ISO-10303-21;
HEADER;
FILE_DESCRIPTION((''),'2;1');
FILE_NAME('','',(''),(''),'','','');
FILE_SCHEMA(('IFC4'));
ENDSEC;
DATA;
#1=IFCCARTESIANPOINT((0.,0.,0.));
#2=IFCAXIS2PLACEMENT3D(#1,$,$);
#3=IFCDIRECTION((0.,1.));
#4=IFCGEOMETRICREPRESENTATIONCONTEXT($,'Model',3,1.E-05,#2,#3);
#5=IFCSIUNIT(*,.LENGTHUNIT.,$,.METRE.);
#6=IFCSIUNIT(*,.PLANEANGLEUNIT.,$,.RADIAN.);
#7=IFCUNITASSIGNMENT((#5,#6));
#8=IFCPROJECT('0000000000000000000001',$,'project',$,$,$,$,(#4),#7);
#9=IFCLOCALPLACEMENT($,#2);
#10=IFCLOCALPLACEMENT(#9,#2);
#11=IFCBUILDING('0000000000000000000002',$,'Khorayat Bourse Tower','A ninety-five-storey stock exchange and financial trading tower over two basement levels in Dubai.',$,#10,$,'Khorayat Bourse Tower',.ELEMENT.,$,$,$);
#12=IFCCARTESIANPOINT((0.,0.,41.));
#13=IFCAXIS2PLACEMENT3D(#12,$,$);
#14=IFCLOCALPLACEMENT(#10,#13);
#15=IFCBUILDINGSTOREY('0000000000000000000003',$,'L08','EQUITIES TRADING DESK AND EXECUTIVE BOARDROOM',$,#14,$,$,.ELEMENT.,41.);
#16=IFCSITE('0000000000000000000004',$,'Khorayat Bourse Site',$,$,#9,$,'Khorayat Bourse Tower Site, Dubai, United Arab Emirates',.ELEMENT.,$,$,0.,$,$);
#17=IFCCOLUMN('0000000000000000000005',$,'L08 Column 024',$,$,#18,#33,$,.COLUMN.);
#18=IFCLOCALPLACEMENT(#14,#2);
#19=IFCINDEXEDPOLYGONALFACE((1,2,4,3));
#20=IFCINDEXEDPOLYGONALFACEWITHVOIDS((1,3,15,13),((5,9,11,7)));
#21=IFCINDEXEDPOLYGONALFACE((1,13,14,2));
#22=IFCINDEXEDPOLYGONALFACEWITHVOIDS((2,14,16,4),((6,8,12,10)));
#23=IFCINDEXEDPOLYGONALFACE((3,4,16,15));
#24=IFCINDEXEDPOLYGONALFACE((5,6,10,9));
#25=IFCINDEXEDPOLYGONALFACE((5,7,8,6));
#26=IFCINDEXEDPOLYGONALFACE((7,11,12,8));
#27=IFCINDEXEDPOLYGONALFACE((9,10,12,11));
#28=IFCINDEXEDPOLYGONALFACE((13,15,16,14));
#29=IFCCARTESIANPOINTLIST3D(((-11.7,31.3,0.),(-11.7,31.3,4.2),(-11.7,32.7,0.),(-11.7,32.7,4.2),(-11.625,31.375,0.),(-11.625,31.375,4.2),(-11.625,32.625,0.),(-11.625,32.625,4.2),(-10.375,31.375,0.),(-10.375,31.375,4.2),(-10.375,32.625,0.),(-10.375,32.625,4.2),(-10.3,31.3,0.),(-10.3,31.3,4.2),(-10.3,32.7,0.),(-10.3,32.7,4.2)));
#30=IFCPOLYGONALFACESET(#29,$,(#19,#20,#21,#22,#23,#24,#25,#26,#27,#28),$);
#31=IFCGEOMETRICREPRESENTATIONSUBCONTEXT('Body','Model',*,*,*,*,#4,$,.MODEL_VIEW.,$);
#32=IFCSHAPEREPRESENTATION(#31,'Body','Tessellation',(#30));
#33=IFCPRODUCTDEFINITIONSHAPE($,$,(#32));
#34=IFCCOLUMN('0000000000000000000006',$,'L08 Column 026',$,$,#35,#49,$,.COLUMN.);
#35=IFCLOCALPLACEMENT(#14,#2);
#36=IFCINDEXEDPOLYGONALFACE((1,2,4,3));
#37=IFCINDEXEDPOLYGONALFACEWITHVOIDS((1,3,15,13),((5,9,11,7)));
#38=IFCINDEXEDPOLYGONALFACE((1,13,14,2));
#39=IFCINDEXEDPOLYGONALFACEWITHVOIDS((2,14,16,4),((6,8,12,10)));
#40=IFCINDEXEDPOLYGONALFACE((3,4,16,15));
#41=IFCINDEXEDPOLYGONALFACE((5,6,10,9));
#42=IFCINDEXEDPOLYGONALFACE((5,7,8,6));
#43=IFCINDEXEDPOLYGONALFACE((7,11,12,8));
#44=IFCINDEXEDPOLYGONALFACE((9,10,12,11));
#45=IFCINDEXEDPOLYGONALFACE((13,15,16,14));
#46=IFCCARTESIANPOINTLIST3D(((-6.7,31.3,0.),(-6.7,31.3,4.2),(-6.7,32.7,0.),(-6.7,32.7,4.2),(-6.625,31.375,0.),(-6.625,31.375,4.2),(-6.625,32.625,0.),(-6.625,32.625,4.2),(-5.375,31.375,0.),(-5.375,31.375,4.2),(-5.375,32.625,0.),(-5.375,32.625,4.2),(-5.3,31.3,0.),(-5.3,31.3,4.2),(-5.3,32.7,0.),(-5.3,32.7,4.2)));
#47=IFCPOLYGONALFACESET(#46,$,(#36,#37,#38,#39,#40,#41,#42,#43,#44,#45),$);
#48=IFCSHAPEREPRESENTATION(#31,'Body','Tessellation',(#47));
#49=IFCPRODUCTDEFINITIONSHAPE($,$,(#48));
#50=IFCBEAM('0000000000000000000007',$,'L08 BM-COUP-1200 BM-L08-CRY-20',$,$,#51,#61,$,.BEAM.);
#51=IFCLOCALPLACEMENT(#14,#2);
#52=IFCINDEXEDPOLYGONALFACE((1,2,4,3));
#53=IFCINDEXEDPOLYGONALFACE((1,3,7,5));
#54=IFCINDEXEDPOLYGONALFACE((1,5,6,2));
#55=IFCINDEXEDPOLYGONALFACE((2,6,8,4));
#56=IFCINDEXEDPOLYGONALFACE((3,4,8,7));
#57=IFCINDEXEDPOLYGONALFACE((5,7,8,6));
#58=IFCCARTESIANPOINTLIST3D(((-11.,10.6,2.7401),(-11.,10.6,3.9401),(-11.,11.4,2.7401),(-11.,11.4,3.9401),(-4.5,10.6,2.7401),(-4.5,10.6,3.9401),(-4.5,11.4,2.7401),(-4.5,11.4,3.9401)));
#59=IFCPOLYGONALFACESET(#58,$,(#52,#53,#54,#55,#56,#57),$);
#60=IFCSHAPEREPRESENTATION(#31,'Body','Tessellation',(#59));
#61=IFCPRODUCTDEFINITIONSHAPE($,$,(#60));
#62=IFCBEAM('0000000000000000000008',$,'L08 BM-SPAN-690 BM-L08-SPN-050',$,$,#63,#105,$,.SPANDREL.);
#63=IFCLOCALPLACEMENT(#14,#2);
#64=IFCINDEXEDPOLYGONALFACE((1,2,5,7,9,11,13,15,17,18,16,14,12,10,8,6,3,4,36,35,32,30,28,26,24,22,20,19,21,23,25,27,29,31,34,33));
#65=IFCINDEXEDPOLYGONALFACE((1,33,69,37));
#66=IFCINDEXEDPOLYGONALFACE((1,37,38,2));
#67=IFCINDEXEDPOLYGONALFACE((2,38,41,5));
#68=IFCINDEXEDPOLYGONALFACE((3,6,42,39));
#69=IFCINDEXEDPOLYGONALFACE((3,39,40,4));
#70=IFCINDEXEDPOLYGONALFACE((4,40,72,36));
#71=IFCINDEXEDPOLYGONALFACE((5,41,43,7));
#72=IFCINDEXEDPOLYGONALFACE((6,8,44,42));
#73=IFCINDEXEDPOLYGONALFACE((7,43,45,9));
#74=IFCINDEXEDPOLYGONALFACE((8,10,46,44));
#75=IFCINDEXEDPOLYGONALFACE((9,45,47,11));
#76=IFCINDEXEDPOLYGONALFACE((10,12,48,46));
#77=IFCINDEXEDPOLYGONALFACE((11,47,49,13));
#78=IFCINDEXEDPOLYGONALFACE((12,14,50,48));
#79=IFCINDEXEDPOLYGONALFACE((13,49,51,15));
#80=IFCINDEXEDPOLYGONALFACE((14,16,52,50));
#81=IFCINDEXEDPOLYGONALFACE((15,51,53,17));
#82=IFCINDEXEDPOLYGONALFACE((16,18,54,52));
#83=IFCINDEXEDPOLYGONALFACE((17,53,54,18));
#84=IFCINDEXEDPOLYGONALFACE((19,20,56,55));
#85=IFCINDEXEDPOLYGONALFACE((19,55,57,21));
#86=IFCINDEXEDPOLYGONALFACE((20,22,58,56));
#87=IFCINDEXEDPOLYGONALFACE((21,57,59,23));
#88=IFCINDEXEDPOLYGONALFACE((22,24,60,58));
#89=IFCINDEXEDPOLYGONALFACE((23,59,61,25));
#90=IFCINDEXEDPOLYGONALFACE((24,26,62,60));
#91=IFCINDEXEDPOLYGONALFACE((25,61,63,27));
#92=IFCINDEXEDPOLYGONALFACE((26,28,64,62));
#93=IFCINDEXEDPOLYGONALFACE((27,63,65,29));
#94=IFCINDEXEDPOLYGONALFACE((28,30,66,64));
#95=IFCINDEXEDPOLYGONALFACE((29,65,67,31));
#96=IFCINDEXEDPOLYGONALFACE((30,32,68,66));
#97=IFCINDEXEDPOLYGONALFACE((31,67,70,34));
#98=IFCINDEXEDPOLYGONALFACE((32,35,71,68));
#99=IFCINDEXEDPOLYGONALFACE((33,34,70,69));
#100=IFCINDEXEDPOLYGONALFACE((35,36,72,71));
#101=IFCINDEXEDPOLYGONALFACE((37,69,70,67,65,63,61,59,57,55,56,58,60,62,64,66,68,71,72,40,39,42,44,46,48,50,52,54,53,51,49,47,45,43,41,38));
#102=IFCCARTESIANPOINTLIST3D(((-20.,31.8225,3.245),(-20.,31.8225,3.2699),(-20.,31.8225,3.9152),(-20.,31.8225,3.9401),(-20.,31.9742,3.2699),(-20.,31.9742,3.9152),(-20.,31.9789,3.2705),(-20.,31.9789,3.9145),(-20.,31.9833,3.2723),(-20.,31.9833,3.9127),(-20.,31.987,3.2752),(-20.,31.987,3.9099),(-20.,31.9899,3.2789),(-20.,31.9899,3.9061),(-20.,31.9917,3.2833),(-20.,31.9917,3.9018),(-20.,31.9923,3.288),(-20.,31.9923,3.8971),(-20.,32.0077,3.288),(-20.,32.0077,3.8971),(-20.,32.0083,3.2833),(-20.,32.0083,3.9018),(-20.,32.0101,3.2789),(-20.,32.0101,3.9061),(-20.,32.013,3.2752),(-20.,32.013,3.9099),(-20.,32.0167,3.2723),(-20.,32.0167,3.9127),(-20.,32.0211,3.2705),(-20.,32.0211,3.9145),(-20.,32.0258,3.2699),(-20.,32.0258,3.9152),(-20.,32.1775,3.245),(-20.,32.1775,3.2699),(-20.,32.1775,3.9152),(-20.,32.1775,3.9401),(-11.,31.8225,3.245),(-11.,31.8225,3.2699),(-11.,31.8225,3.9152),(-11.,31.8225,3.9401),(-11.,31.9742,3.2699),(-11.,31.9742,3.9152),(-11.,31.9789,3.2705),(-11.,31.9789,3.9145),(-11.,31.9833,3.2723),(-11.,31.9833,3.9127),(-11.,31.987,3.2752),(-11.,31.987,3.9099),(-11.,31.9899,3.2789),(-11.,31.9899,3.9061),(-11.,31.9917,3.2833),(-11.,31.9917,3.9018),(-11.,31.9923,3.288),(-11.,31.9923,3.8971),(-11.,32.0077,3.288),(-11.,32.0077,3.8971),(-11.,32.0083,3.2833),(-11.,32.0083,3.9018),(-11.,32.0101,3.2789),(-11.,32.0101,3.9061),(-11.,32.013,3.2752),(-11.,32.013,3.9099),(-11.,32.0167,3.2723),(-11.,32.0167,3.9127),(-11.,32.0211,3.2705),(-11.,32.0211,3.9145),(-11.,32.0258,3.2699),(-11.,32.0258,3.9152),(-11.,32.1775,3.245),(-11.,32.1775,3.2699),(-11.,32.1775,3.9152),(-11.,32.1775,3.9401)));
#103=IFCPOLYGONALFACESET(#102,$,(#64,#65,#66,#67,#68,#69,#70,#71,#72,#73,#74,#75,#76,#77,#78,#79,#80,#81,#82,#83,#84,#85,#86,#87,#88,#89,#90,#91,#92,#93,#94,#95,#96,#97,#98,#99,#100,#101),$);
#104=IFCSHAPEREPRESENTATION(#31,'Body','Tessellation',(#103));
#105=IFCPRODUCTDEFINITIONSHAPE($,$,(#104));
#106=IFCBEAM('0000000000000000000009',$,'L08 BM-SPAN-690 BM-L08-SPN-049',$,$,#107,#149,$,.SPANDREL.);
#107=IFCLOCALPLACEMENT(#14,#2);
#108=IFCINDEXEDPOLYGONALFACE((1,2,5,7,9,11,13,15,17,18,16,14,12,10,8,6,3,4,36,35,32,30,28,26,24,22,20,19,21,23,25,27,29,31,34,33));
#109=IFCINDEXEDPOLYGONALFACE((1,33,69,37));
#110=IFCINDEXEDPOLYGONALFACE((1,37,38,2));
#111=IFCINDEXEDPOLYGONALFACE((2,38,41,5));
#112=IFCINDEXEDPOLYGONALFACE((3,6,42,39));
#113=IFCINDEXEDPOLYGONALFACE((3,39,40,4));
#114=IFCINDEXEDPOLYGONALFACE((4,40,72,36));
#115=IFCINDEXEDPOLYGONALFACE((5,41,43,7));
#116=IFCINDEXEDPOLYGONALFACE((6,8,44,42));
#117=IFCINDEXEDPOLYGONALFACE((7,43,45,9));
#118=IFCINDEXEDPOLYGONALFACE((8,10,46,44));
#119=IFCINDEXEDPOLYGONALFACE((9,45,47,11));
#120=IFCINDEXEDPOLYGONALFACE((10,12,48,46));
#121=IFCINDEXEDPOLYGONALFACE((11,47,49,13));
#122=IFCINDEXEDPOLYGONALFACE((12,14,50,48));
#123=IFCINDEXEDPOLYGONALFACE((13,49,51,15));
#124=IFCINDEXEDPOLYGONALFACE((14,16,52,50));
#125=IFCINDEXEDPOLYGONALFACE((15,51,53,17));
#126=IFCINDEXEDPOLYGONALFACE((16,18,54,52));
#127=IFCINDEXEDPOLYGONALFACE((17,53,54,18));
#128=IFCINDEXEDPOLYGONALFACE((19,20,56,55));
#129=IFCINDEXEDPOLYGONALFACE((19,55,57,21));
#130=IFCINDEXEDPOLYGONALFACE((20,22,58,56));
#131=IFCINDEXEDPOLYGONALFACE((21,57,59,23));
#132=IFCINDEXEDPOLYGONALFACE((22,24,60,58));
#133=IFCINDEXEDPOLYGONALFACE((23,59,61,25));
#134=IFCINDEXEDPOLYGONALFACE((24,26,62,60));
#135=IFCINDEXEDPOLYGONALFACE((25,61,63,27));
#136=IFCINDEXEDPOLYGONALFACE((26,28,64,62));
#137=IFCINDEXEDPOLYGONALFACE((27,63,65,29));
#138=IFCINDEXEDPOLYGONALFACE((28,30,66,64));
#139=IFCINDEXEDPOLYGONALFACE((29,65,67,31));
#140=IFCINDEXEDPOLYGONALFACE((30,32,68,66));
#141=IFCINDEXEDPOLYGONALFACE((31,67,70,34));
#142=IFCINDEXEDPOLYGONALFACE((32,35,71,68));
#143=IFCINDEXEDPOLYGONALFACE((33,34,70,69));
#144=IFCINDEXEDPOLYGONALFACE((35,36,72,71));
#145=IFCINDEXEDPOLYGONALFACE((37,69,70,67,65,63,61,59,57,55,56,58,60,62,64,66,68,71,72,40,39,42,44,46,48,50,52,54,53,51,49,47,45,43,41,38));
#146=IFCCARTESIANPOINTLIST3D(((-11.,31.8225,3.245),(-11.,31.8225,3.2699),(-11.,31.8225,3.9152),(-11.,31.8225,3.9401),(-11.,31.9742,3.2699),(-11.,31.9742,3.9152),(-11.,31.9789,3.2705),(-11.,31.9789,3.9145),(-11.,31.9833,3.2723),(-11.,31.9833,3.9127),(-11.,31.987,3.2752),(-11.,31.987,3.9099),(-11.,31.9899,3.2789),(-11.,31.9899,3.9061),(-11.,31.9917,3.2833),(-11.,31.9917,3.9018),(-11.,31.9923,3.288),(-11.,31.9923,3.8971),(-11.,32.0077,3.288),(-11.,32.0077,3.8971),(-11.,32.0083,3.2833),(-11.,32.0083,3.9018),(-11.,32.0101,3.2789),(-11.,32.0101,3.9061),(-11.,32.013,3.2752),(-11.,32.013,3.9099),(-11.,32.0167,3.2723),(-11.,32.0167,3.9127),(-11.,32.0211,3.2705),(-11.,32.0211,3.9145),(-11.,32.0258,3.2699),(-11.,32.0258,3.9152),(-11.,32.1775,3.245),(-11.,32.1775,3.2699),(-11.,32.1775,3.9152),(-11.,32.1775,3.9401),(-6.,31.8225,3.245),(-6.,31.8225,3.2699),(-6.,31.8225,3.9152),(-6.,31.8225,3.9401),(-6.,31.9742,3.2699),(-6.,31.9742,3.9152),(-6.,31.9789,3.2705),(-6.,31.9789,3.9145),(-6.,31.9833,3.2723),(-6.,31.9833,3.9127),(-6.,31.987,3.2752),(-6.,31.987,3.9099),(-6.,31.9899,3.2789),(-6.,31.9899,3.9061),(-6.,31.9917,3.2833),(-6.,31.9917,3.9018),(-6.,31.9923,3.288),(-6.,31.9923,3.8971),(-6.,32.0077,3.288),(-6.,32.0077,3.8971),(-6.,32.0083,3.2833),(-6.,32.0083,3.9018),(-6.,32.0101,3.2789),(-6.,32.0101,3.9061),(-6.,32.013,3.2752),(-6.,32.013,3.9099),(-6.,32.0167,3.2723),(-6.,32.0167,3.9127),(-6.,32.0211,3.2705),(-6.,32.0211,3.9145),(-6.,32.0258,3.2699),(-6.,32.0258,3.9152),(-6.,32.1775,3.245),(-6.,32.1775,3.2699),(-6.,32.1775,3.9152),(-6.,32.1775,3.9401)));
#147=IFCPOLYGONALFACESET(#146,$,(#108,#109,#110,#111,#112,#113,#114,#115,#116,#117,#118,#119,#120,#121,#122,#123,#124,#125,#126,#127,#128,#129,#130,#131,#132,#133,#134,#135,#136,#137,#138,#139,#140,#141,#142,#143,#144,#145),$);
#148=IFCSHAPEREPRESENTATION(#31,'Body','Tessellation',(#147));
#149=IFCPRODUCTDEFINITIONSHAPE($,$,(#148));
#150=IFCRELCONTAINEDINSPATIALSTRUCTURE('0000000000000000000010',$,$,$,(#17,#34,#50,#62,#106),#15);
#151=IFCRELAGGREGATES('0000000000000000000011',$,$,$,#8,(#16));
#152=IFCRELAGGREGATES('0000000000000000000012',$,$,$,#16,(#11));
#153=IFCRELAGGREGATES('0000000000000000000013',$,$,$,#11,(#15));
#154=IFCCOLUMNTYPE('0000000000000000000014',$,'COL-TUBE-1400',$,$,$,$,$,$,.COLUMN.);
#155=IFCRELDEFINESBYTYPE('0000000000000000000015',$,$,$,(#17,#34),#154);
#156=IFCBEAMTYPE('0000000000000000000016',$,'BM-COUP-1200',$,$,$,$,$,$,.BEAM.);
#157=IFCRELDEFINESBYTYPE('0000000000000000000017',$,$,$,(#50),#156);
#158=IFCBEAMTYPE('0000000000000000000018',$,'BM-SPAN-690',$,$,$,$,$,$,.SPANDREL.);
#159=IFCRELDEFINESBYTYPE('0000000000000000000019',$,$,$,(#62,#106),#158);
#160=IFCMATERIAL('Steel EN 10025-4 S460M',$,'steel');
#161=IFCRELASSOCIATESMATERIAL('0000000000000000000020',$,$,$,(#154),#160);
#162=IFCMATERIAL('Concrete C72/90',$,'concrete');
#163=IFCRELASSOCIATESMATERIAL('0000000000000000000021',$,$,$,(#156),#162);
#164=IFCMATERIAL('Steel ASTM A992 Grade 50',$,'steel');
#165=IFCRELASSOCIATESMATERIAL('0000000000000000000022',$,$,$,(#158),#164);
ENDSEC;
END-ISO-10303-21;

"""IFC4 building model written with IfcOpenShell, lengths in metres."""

from ifc_helpers import new_model, si_unit, direction, frame, origin, origin_2d, place, context, subcontext, project, spatial, rectangle, hollow_rectangle, i_section, extrude, source, transform, mapped, material, material_profile, profile_set, type_object, element, save


model = new_model("IFC4")

# Units and contexts
model_context = context("Model", 3, precision=1e-05, world=origin(), true_north=direction((0.0, 1.0)))
body_context = subcontext(model_context, "Body", "Model", "MODEL_VIEW")
ifc_project = project(units=[si_unit("LENGTHUNIT", "METRE"), si_unit("PLANEANGLEUNIT", "RADIAN")], contexts=[model_context])

# Site, building, storey
site_placement = place(None, origin())
site = spatial("IfcSite", under=ifc_project, at=site_placement, Name="Khorayat Bourse Site", LongName="Khorayat Bourse Tower Site, Dubai, United Arab Emirates", CompositionType="ELEMENT", RefElevation=0.0)
building_placement = place(site_placement, origin())
building = spatial("IfcBuilding", under=site, at=building_placement, Name="Khorayat Bourse Tower", Description="A ninety-five-storey stock exchange and financial trading tower over two basement levels in Dubai.", LongName="Khorayat Bourse Tower", CompositionType="ELEMENT")
storey_placement = place(building_placement, frame((0.0, 0.0, 41.0)))
storey = spatial("IfcBuildingStorey", under=building, at=storey_placement, Name="L08", Description="EQUITIES TRADING DESK AND EXECUTIVE BOARDROOM", CompositionType="ELEMENT", Elevation=41.0)

# Columns
ifc_material_1 = material(Name="Steel EN 10025-4 S460M", Category="steel")
ifc_material_profile_1 = material_profile(ifc_material_1, hollow_rectangle(XDim=1.3999, YDim=1.3999, WallThickness=0.075, at=origin_2d()), Name="BOX 1400x1400x75")
ifc_profile_set_1 = profile_set([ifc_material_profile_1], Name="Steel EN 10025-4 S460M")
column_type = type_object("IfcColumnType", Name="COL-TUBE-1400", PredefinedType="COLUMN", material=ifc_profile_set_1)
shared_shape_1 = source(origin(), body_context, "Body", "SweptSolid", [
    extrude(hollow_rectangle(XDim=1.3999, YDim=1.3999, WallThickness=0.075, at=origin_2d()), origin(), (0.0, 0.0, 1.0), 4.2),
])
for number, where, z_axis, x_axis, name in (
    (1, (-11.0, 32.0, 0.0), (0.0, 0.0, 1.0), (1.0, 0.0, 0.0), "L08 Column 024"),
    (2, (-6.0, 32.0, 0.0), (0.0, 0.0, 1.0), (1.0, 0.0, 0.0), "L08 Column 026"),
):
    element("IfcColumn", number, at=place(storey_placement, frame(where, z_axis=z_axis, x_axis=x_axis)), inside=storey, type_object=column_type, Name=name, PredefinedType="COLUMN", context=body_context, shape_type="MappedRepresentation", body=[
        mapped(shared_shape_1, transform((0.0, 0.0, 0.0), scale=1.0)),
    ])

# Beams
ifc_material_2 = material(Name="Concrete C72/90", Category="concrete")
ifc_material_profile_2 = material_profile(ifc_material_2, rectangle(XDim=0.8, YDim=1.2, at=origin_2d()), Name="RC 800x1200")
ifc_profile_set_2 = profile_set([ifc_material_profile_2], Name="Concrete C72/90")
beam_type_1 = type_object("IfcBeamType", Name="BM-COUP-1200", PredefinedType="BEAM", material=ifc_profile_set_2)
shared_shape_2 = source(origin(), body_context, "Body", "SweptSolid", [
    extrude(rectangle(XDim=0.8, YDim=1.2, at=origin_2d()), origin(), (0.0, 0.0, 1.0), 6.5),
])
beam_1_placement = place(storey_placement, frame((-11.0, 11.0, 3.3401), z_axis=(1.0, 0.0, 0.0), x_axis=(0.0, 1.0, 0.0)))
element("IfcBeam", 3, at=beam_1_placement, inside=storey, type_object=beam_type_1, Name="L08 BM-COUP-1200 BM-L08-CRY-20", PredefinedType="BEAM", context=body_context, shape_type="MappedRepresentation", body=[
    mapped(shared_shape_2, transform((0.0, 0.0, 0.0), scale=1.0)),
])
ifc_material_3 = material(Name="Steel ASTM A992 Grade 50", Category="steel")
ifc_material_profile_3 = material_profile(ifc_material_3, i_section(OverallWidth=0.355, OverallDepth=0.6951, WebThickness=0.0154, FlangeThickness=0.0249, FilletRadius=0.0181, at=origin_2d()), Name="W690X217")
ifc_profile_set_3 = profile_set([ifc_material_profile_3], Name="Steel ASTM A992 Grade 50")
beam_type_2 = type_object("IfcBeamType", Name="BM-SPAN-690", PredefinedType="SPANDREL", material=ifc_profile_set_3)
shared_shape_3 = source(origin(), body_context, "Body", "SweptSolid", [
    extrude(i_section(OverallWidth=0.355, OverallDepth=0.6951, WebThickness=0.0154, FlangeThickness=0.0249, FilletRadius=0.0181, at=origin_2d()), origin(), (0.0, 0.0, 1.0), 9.0),
])
beam_2_placement = place(storey_placement, frame((-20.0, 32.0, 3.5925), z_axis=(1.0, 0.0, 0.0), x_axis=(0.0, 1.0, 0.0)))
element("IfcBeam", 4, at=beam_2_placement, inside=storey, type_object=beam_type_2, Name="L08 BM-SPAN-690 BM-L08-SPN-050", PredefinedType="SPANDREL", context=body_context, shape_type="MappedRepresentation", body=[
    mapped(shared_shape_3, transform((0.0, 0.0, 0.0), scale=1.0)),
])
shared_shape_4 = source(origin(), body_context, "Body", "SweptSolid", [
    extrude(i_section(OverallWidth=0.355, OverallDepth=0.6951, WebThickness=0.0154, FlangeThickness=0.0249, FilletRadius=0.0181, at=origin_2d()), origin(), (0.0, 0.0, 1.0), 5.0),
])
beam_3_placement = place(storey_placement, frame((-11.0, 32.0, 3.5925), z_axis=(1.0, 0.0, 0.0), x_axis=(0.0, 1.0, 0.0)))
element("IfcBeam", 5, at=beam_3_placement, inside=storey, type_object=beam_type_2, Name="L08 BM-SPAN-690 BM-L08-SPN-049", PredefinedType="SPANDREL", context=body_context, shape_type="MappedRepresentation", body=[
    mapped(shared_shape_4, transform((0.0, 0.0, 0.0), scale=1.0)),
])

save(model, "model.ifc")
